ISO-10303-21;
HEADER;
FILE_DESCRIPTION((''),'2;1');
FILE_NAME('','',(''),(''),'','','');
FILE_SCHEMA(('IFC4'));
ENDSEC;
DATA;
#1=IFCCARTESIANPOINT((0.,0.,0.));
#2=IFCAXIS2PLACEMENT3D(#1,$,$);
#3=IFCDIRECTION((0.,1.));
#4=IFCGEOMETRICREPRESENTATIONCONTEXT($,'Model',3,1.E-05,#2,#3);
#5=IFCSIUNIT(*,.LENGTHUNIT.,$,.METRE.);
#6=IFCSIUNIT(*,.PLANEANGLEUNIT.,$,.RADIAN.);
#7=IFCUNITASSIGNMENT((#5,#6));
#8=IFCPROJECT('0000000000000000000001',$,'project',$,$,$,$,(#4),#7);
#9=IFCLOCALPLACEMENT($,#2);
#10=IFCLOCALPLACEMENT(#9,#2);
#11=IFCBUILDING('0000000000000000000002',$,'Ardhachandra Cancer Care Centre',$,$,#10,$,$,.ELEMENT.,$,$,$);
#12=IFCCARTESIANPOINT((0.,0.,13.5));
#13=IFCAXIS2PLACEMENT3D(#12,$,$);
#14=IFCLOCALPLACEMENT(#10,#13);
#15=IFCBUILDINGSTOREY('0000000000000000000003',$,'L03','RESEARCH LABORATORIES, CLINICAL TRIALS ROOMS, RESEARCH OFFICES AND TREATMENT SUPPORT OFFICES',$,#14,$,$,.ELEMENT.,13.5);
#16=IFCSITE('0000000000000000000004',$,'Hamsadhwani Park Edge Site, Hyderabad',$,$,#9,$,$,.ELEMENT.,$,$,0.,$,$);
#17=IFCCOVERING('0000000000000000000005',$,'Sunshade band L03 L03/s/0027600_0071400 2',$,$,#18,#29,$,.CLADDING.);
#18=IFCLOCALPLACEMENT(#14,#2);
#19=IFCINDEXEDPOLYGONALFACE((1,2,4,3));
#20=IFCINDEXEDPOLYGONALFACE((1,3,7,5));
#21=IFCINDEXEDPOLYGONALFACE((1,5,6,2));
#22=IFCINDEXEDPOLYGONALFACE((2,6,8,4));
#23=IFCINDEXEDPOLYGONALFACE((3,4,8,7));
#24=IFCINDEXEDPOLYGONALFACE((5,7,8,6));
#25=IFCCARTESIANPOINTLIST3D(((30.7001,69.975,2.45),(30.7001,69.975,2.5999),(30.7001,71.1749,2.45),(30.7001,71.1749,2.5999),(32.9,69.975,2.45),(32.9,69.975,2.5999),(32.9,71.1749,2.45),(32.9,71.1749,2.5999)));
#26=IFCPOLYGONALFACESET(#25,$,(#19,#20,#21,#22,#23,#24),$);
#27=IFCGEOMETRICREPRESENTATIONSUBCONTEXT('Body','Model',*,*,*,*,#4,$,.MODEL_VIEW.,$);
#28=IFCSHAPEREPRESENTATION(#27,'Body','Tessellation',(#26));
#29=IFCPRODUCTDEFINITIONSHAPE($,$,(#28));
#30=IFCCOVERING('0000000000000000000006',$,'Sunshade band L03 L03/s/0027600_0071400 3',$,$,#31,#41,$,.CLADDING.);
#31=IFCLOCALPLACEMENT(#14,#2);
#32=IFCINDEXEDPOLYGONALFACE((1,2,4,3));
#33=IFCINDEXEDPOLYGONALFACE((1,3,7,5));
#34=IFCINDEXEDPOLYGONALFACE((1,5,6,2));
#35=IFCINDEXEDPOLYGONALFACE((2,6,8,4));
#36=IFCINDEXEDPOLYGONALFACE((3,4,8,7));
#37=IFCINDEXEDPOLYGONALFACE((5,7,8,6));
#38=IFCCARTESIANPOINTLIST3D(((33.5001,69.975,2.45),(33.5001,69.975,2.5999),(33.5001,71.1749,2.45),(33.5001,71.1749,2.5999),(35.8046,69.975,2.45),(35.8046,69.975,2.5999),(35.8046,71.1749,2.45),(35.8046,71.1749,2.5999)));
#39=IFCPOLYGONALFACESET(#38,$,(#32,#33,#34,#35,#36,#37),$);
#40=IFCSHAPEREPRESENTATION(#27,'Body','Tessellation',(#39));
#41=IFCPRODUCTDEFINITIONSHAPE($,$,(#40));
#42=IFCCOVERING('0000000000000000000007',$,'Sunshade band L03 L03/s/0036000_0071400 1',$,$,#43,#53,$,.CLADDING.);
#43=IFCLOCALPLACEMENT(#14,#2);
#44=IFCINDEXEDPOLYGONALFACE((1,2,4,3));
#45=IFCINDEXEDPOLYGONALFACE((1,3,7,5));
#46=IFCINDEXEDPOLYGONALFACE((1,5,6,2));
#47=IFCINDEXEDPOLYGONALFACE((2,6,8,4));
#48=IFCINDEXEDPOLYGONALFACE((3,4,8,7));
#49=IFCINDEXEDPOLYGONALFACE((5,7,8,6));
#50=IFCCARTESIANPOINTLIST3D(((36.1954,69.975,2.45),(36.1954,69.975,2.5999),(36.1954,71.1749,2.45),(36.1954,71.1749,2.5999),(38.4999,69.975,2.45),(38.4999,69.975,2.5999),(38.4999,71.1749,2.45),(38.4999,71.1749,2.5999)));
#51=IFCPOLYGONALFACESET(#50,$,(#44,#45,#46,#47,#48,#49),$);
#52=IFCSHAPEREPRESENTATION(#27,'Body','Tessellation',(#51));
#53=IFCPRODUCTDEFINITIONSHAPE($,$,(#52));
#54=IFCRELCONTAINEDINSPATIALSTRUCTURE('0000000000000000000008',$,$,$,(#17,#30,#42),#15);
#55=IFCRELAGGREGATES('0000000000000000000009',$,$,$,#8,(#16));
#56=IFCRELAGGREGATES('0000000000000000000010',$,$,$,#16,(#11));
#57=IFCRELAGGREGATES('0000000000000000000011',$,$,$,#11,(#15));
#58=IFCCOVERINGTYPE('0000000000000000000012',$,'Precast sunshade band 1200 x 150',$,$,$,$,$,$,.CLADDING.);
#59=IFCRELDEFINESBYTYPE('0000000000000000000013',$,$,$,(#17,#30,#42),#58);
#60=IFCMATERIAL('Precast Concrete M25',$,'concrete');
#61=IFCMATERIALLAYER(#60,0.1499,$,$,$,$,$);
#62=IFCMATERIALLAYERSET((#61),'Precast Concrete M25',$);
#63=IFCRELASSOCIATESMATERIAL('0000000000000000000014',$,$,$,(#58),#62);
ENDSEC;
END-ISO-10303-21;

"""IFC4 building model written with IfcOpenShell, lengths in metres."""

from ifc_helpers import new_model, si_unit, direction, frame, origin, origin_2d, place, context, subcontext, project, spatial, rectangle, extrude, material, layer, layer_set, type_object, element, save


model = new_model("IFC4")

# Units and contexts
model_context = context("Model", 3, precision=1e-05, world=origin(), true_north=direction((0.0, 1.0)))
body_context = subcontext(model_context, "Body", "Model", "MODEL_VIEW")
ifc_project = project(units=[si_unit("LENGTHUNIT", "METRE"), si_unit("PLANEANGLEUNIT", "RADIAN")], contexts=[model_context])

# Site, building, storey
site_placement = place(None, origin())
site = spatial("IfcSite", under=ifc_project, at=site_placement, Name="Hamsadhwani Park Edge Site, Hyderabad", CompositionType="ELEMENT", RefElevation=0.0)
building_placement = place(site_placement, origin())
building = spatial("IfcBuilding", under=site, at=building_placement, Name="Ardhachandra Cancer Care Centre", CompositionType="ELEMENT")
storey_placement = place(building_placement, frame((0.0, 0.0, 13.5)))
storey = spatial("IfcBuildingStorey", under=building, at=storey_placement, Name="L03", Description="RESEARCH LABORATORIES, CLINICAL TRIALS ROOMS, RESEARCH OFFICES AND TREATMENT SUPPORT OFFICES", CompositionType="ELEMENT", Elevation=13.5)

# Coverings
ifc_material_1 = material(Name="Precast Concrete M25", Category="concrete")
ifc_layer_1 = layer(ifc_material_1, 0.1499)
ifc_layer_set_1 = layer_set([ifc_layer_1], Name="Precast Concrete M25")
covering_type_1 = type_object("IfcCoveringType", Name="Precast sunshade band 1200 x 150", PredefinedType="CLADDING", material=ifc_layer_set_1)
covering_placement = place(storey_placement, frame((31.8, 70.575, 2.45), z_axis=(0.0, 0.0, 1.0), x_axis=(1.0, 0.0, 0.0)))
element("IfcCovering", 1, at=covering_placement, inside=storey, type_object=covering_type_1, Name="Sunshade band L03 L03/s/0027600_0071400 2", PredefinedType="CLADDING", context=body_context, shape_type="SweptSolid", body=[
    extrude(rectangle(XDim=2.2, YDim=1.2, at=origin_2d()), origin(), (0.0, 0.0, 1.0), 0.1499),
])
for number, where, z_axis, x_axis, name in (
    (2, (34.6523, 70.575, 2.45), (0.0, 0.0, 1.0), (1.0, 0.0, 0.0), "Sunshade band L03 L03/s/0027600_0071400 3"),
    (3, (37.3477, 70.575, 2.45), (0.0, 0.0, 1.0), (1.0, 0.0, 0.0), "Sunshade band L03 L03/s/0036000_0071400 1"),
):
    element("IfcCovering", number, at=place(storey_placement, frame(where, z_axis=z_axis, x_axis=x_axis)), inside=storey, type_object=covering_type_1, Name=name, PredefinedType="CLADDING", context=body_context, shape_type="SweptSolid", body=[
        extrude(rectangle(XDim=2.3044, YDim=1.2, at=origin_2d()), origin(), (0.0, 0.0, 1.0), 0.1499),
    ])

save(model, "model.ifc")
